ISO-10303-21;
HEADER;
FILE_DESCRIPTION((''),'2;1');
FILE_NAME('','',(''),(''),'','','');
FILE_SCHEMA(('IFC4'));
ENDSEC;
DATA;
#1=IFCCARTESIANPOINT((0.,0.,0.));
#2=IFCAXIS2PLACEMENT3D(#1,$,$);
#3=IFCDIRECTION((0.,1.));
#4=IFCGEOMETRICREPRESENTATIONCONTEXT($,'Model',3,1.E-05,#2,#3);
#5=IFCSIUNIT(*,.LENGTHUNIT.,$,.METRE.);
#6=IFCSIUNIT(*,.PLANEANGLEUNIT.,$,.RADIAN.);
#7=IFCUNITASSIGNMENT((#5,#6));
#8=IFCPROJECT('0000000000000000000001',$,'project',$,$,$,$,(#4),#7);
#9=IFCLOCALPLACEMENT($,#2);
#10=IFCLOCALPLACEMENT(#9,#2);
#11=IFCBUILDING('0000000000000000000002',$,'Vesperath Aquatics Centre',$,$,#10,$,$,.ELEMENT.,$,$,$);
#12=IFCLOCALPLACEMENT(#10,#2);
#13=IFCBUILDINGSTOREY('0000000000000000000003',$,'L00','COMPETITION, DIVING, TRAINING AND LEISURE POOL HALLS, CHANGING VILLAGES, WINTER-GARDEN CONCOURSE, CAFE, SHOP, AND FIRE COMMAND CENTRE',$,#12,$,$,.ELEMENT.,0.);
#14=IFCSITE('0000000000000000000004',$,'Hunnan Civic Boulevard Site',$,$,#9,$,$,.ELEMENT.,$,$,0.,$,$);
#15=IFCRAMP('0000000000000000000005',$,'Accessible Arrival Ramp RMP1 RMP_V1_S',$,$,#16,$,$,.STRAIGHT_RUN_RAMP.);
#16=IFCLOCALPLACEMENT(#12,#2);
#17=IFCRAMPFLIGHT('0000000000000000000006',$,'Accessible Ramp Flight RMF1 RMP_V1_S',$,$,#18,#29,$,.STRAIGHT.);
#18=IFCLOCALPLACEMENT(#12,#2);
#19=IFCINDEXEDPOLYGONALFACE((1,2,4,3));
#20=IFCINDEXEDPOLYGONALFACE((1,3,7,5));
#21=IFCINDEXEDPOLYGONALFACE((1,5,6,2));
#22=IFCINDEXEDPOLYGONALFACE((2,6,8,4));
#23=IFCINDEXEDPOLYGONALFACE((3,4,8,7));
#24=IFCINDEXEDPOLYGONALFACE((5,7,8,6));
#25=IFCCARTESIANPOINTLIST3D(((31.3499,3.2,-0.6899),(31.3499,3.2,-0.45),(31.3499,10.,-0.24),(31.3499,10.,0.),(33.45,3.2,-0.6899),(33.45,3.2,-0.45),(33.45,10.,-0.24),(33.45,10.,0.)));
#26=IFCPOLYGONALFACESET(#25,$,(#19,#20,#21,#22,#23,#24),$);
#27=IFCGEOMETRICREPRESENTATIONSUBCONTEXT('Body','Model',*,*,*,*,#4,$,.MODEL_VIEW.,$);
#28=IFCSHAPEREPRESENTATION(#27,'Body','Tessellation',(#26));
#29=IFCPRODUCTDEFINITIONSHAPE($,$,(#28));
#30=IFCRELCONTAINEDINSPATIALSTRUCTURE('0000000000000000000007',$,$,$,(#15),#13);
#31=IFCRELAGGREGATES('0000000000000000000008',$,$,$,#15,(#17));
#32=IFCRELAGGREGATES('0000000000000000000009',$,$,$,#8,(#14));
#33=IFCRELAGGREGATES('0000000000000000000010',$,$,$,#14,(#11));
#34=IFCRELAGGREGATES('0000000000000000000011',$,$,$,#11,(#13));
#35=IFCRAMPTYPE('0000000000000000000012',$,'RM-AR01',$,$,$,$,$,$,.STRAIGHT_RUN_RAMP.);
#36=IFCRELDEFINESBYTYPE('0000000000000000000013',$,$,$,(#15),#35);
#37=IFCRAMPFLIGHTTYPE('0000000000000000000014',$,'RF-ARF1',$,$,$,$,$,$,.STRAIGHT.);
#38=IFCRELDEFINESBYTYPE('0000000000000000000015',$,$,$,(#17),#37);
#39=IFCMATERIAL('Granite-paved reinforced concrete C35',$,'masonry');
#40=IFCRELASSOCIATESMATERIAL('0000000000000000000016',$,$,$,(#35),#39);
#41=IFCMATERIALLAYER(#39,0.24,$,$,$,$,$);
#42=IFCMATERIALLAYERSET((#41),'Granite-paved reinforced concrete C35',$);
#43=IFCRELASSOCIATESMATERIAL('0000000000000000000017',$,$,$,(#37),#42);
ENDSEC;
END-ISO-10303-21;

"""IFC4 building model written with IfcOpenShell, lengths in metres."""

from ifc_helpers import new_model, si_unit, direction, frame, origin, place, context, subcontext, project, spatial, polyline, outline, extrude, material, layer, layer_set, type_object, element, aggregate, save


model = new_model("IFC4")

# Units and contexts
model_context = context("Model", 3, precision=1e-05, world=origin(), true_north=direction((0.0, 1.0)))
body_context = subcontext(model_context, "Body", "Model", "MODEL_VIEW")
ifc_project = project(units=[si_unit("LENGTHUNIT", "METRE"), si_unit("PLANEANGLEUNIT", "RADIAN")], contexts=[model_context])

# Site, building, storey
site_placement = place(None, origin())
site = spatial("IfcSite", under=ifc_project, at=site_placement, Name="Hunnan Civic Boulevard Site", CompositionType="ELEMENT", RefElevation=0.0)
building_placement = place(site_placement, origin())
building = spatial("IfcBuilding", under=site, at=building_placement, Name="Vesperath Aquatics Centre", CompositionType="ELEMENT")
storey_placement = place(building_placement, origin())
storey = spatial("IfcBuildingStorey", under=building, at=storey_placement, Name="L00", Description="COMPETITION, DIVING, TRAINING AND LEISURE POOL HALLS, CHANGING VILLAGES, WINTER-GARDEN CONCOURSE, CAFE, SHOP, AND FIRE COMMAND CENTRE", CompositionType="ELEMENT", Elevation=0.0)

# Ramp, ramp flight
ifc_material_1 = material(Name="Granite-paved reinforced concrete C35", Category="masonry")
ramp_type = type_object("IfcRampType", Name="RM-AR01", PredefinedType="STRAIGHT_RUN_RAMP", material=ifc_material_1)
ramp_placement = place(storey_placement, origin())
ramp = element("IfcRamp", 1, at=ramp_placement, inside=storey, type_object=ramp_type, Name="Accessible Arrival Ramp RMP1 RMP_V1_S", PredefinedType="STRAIGHT_RUN_RAMP")
ifc_layer_1 = layer(ifc_material_1, 0.24)
ifc_layer_set_1 = layer_set([ifc_layer_1], Name="Granite-paved reinforced concrete C35")
ramp_flight_type = type_object("IfcRampFlightType", Name="RF-ARF1", PredefinedType="STRAIGHT", material=ifc_layer_set_1)
ramp_flight_placement = place(storey_placement, frame((32.3999, 3.2, -0.45), z_axis=(0.0, 0.0, 1.0), x_axis=(0.0, 1.0, 0.0)))
ramp_flight = element("IfcRampFlight", 2, at=ramp_flight_placement, type_object=ramp_flight_type, Name="Accessible Ramp Flight RMF1 RMP_V1_S", PredefinedType="STRAIGHT", context=body_context, shape_type="SweptSolid", body=[
    extrude(outline(polyline([(0.0, -0.24), (6.8, 0.21), (6.8, 0.45), (0.0, 0.0), (0.0, -0.24)])), frame((0.0, 1.05, 0.0), z_axis=(0.0, -1.0, 0.0), x_axis=(1.0, 0.0, 0.0)), (0.0, 0.0, 1.0), 2.1001),
])
aggregate(ramp, [ramp_flight])

save(model, "model.ifc")
